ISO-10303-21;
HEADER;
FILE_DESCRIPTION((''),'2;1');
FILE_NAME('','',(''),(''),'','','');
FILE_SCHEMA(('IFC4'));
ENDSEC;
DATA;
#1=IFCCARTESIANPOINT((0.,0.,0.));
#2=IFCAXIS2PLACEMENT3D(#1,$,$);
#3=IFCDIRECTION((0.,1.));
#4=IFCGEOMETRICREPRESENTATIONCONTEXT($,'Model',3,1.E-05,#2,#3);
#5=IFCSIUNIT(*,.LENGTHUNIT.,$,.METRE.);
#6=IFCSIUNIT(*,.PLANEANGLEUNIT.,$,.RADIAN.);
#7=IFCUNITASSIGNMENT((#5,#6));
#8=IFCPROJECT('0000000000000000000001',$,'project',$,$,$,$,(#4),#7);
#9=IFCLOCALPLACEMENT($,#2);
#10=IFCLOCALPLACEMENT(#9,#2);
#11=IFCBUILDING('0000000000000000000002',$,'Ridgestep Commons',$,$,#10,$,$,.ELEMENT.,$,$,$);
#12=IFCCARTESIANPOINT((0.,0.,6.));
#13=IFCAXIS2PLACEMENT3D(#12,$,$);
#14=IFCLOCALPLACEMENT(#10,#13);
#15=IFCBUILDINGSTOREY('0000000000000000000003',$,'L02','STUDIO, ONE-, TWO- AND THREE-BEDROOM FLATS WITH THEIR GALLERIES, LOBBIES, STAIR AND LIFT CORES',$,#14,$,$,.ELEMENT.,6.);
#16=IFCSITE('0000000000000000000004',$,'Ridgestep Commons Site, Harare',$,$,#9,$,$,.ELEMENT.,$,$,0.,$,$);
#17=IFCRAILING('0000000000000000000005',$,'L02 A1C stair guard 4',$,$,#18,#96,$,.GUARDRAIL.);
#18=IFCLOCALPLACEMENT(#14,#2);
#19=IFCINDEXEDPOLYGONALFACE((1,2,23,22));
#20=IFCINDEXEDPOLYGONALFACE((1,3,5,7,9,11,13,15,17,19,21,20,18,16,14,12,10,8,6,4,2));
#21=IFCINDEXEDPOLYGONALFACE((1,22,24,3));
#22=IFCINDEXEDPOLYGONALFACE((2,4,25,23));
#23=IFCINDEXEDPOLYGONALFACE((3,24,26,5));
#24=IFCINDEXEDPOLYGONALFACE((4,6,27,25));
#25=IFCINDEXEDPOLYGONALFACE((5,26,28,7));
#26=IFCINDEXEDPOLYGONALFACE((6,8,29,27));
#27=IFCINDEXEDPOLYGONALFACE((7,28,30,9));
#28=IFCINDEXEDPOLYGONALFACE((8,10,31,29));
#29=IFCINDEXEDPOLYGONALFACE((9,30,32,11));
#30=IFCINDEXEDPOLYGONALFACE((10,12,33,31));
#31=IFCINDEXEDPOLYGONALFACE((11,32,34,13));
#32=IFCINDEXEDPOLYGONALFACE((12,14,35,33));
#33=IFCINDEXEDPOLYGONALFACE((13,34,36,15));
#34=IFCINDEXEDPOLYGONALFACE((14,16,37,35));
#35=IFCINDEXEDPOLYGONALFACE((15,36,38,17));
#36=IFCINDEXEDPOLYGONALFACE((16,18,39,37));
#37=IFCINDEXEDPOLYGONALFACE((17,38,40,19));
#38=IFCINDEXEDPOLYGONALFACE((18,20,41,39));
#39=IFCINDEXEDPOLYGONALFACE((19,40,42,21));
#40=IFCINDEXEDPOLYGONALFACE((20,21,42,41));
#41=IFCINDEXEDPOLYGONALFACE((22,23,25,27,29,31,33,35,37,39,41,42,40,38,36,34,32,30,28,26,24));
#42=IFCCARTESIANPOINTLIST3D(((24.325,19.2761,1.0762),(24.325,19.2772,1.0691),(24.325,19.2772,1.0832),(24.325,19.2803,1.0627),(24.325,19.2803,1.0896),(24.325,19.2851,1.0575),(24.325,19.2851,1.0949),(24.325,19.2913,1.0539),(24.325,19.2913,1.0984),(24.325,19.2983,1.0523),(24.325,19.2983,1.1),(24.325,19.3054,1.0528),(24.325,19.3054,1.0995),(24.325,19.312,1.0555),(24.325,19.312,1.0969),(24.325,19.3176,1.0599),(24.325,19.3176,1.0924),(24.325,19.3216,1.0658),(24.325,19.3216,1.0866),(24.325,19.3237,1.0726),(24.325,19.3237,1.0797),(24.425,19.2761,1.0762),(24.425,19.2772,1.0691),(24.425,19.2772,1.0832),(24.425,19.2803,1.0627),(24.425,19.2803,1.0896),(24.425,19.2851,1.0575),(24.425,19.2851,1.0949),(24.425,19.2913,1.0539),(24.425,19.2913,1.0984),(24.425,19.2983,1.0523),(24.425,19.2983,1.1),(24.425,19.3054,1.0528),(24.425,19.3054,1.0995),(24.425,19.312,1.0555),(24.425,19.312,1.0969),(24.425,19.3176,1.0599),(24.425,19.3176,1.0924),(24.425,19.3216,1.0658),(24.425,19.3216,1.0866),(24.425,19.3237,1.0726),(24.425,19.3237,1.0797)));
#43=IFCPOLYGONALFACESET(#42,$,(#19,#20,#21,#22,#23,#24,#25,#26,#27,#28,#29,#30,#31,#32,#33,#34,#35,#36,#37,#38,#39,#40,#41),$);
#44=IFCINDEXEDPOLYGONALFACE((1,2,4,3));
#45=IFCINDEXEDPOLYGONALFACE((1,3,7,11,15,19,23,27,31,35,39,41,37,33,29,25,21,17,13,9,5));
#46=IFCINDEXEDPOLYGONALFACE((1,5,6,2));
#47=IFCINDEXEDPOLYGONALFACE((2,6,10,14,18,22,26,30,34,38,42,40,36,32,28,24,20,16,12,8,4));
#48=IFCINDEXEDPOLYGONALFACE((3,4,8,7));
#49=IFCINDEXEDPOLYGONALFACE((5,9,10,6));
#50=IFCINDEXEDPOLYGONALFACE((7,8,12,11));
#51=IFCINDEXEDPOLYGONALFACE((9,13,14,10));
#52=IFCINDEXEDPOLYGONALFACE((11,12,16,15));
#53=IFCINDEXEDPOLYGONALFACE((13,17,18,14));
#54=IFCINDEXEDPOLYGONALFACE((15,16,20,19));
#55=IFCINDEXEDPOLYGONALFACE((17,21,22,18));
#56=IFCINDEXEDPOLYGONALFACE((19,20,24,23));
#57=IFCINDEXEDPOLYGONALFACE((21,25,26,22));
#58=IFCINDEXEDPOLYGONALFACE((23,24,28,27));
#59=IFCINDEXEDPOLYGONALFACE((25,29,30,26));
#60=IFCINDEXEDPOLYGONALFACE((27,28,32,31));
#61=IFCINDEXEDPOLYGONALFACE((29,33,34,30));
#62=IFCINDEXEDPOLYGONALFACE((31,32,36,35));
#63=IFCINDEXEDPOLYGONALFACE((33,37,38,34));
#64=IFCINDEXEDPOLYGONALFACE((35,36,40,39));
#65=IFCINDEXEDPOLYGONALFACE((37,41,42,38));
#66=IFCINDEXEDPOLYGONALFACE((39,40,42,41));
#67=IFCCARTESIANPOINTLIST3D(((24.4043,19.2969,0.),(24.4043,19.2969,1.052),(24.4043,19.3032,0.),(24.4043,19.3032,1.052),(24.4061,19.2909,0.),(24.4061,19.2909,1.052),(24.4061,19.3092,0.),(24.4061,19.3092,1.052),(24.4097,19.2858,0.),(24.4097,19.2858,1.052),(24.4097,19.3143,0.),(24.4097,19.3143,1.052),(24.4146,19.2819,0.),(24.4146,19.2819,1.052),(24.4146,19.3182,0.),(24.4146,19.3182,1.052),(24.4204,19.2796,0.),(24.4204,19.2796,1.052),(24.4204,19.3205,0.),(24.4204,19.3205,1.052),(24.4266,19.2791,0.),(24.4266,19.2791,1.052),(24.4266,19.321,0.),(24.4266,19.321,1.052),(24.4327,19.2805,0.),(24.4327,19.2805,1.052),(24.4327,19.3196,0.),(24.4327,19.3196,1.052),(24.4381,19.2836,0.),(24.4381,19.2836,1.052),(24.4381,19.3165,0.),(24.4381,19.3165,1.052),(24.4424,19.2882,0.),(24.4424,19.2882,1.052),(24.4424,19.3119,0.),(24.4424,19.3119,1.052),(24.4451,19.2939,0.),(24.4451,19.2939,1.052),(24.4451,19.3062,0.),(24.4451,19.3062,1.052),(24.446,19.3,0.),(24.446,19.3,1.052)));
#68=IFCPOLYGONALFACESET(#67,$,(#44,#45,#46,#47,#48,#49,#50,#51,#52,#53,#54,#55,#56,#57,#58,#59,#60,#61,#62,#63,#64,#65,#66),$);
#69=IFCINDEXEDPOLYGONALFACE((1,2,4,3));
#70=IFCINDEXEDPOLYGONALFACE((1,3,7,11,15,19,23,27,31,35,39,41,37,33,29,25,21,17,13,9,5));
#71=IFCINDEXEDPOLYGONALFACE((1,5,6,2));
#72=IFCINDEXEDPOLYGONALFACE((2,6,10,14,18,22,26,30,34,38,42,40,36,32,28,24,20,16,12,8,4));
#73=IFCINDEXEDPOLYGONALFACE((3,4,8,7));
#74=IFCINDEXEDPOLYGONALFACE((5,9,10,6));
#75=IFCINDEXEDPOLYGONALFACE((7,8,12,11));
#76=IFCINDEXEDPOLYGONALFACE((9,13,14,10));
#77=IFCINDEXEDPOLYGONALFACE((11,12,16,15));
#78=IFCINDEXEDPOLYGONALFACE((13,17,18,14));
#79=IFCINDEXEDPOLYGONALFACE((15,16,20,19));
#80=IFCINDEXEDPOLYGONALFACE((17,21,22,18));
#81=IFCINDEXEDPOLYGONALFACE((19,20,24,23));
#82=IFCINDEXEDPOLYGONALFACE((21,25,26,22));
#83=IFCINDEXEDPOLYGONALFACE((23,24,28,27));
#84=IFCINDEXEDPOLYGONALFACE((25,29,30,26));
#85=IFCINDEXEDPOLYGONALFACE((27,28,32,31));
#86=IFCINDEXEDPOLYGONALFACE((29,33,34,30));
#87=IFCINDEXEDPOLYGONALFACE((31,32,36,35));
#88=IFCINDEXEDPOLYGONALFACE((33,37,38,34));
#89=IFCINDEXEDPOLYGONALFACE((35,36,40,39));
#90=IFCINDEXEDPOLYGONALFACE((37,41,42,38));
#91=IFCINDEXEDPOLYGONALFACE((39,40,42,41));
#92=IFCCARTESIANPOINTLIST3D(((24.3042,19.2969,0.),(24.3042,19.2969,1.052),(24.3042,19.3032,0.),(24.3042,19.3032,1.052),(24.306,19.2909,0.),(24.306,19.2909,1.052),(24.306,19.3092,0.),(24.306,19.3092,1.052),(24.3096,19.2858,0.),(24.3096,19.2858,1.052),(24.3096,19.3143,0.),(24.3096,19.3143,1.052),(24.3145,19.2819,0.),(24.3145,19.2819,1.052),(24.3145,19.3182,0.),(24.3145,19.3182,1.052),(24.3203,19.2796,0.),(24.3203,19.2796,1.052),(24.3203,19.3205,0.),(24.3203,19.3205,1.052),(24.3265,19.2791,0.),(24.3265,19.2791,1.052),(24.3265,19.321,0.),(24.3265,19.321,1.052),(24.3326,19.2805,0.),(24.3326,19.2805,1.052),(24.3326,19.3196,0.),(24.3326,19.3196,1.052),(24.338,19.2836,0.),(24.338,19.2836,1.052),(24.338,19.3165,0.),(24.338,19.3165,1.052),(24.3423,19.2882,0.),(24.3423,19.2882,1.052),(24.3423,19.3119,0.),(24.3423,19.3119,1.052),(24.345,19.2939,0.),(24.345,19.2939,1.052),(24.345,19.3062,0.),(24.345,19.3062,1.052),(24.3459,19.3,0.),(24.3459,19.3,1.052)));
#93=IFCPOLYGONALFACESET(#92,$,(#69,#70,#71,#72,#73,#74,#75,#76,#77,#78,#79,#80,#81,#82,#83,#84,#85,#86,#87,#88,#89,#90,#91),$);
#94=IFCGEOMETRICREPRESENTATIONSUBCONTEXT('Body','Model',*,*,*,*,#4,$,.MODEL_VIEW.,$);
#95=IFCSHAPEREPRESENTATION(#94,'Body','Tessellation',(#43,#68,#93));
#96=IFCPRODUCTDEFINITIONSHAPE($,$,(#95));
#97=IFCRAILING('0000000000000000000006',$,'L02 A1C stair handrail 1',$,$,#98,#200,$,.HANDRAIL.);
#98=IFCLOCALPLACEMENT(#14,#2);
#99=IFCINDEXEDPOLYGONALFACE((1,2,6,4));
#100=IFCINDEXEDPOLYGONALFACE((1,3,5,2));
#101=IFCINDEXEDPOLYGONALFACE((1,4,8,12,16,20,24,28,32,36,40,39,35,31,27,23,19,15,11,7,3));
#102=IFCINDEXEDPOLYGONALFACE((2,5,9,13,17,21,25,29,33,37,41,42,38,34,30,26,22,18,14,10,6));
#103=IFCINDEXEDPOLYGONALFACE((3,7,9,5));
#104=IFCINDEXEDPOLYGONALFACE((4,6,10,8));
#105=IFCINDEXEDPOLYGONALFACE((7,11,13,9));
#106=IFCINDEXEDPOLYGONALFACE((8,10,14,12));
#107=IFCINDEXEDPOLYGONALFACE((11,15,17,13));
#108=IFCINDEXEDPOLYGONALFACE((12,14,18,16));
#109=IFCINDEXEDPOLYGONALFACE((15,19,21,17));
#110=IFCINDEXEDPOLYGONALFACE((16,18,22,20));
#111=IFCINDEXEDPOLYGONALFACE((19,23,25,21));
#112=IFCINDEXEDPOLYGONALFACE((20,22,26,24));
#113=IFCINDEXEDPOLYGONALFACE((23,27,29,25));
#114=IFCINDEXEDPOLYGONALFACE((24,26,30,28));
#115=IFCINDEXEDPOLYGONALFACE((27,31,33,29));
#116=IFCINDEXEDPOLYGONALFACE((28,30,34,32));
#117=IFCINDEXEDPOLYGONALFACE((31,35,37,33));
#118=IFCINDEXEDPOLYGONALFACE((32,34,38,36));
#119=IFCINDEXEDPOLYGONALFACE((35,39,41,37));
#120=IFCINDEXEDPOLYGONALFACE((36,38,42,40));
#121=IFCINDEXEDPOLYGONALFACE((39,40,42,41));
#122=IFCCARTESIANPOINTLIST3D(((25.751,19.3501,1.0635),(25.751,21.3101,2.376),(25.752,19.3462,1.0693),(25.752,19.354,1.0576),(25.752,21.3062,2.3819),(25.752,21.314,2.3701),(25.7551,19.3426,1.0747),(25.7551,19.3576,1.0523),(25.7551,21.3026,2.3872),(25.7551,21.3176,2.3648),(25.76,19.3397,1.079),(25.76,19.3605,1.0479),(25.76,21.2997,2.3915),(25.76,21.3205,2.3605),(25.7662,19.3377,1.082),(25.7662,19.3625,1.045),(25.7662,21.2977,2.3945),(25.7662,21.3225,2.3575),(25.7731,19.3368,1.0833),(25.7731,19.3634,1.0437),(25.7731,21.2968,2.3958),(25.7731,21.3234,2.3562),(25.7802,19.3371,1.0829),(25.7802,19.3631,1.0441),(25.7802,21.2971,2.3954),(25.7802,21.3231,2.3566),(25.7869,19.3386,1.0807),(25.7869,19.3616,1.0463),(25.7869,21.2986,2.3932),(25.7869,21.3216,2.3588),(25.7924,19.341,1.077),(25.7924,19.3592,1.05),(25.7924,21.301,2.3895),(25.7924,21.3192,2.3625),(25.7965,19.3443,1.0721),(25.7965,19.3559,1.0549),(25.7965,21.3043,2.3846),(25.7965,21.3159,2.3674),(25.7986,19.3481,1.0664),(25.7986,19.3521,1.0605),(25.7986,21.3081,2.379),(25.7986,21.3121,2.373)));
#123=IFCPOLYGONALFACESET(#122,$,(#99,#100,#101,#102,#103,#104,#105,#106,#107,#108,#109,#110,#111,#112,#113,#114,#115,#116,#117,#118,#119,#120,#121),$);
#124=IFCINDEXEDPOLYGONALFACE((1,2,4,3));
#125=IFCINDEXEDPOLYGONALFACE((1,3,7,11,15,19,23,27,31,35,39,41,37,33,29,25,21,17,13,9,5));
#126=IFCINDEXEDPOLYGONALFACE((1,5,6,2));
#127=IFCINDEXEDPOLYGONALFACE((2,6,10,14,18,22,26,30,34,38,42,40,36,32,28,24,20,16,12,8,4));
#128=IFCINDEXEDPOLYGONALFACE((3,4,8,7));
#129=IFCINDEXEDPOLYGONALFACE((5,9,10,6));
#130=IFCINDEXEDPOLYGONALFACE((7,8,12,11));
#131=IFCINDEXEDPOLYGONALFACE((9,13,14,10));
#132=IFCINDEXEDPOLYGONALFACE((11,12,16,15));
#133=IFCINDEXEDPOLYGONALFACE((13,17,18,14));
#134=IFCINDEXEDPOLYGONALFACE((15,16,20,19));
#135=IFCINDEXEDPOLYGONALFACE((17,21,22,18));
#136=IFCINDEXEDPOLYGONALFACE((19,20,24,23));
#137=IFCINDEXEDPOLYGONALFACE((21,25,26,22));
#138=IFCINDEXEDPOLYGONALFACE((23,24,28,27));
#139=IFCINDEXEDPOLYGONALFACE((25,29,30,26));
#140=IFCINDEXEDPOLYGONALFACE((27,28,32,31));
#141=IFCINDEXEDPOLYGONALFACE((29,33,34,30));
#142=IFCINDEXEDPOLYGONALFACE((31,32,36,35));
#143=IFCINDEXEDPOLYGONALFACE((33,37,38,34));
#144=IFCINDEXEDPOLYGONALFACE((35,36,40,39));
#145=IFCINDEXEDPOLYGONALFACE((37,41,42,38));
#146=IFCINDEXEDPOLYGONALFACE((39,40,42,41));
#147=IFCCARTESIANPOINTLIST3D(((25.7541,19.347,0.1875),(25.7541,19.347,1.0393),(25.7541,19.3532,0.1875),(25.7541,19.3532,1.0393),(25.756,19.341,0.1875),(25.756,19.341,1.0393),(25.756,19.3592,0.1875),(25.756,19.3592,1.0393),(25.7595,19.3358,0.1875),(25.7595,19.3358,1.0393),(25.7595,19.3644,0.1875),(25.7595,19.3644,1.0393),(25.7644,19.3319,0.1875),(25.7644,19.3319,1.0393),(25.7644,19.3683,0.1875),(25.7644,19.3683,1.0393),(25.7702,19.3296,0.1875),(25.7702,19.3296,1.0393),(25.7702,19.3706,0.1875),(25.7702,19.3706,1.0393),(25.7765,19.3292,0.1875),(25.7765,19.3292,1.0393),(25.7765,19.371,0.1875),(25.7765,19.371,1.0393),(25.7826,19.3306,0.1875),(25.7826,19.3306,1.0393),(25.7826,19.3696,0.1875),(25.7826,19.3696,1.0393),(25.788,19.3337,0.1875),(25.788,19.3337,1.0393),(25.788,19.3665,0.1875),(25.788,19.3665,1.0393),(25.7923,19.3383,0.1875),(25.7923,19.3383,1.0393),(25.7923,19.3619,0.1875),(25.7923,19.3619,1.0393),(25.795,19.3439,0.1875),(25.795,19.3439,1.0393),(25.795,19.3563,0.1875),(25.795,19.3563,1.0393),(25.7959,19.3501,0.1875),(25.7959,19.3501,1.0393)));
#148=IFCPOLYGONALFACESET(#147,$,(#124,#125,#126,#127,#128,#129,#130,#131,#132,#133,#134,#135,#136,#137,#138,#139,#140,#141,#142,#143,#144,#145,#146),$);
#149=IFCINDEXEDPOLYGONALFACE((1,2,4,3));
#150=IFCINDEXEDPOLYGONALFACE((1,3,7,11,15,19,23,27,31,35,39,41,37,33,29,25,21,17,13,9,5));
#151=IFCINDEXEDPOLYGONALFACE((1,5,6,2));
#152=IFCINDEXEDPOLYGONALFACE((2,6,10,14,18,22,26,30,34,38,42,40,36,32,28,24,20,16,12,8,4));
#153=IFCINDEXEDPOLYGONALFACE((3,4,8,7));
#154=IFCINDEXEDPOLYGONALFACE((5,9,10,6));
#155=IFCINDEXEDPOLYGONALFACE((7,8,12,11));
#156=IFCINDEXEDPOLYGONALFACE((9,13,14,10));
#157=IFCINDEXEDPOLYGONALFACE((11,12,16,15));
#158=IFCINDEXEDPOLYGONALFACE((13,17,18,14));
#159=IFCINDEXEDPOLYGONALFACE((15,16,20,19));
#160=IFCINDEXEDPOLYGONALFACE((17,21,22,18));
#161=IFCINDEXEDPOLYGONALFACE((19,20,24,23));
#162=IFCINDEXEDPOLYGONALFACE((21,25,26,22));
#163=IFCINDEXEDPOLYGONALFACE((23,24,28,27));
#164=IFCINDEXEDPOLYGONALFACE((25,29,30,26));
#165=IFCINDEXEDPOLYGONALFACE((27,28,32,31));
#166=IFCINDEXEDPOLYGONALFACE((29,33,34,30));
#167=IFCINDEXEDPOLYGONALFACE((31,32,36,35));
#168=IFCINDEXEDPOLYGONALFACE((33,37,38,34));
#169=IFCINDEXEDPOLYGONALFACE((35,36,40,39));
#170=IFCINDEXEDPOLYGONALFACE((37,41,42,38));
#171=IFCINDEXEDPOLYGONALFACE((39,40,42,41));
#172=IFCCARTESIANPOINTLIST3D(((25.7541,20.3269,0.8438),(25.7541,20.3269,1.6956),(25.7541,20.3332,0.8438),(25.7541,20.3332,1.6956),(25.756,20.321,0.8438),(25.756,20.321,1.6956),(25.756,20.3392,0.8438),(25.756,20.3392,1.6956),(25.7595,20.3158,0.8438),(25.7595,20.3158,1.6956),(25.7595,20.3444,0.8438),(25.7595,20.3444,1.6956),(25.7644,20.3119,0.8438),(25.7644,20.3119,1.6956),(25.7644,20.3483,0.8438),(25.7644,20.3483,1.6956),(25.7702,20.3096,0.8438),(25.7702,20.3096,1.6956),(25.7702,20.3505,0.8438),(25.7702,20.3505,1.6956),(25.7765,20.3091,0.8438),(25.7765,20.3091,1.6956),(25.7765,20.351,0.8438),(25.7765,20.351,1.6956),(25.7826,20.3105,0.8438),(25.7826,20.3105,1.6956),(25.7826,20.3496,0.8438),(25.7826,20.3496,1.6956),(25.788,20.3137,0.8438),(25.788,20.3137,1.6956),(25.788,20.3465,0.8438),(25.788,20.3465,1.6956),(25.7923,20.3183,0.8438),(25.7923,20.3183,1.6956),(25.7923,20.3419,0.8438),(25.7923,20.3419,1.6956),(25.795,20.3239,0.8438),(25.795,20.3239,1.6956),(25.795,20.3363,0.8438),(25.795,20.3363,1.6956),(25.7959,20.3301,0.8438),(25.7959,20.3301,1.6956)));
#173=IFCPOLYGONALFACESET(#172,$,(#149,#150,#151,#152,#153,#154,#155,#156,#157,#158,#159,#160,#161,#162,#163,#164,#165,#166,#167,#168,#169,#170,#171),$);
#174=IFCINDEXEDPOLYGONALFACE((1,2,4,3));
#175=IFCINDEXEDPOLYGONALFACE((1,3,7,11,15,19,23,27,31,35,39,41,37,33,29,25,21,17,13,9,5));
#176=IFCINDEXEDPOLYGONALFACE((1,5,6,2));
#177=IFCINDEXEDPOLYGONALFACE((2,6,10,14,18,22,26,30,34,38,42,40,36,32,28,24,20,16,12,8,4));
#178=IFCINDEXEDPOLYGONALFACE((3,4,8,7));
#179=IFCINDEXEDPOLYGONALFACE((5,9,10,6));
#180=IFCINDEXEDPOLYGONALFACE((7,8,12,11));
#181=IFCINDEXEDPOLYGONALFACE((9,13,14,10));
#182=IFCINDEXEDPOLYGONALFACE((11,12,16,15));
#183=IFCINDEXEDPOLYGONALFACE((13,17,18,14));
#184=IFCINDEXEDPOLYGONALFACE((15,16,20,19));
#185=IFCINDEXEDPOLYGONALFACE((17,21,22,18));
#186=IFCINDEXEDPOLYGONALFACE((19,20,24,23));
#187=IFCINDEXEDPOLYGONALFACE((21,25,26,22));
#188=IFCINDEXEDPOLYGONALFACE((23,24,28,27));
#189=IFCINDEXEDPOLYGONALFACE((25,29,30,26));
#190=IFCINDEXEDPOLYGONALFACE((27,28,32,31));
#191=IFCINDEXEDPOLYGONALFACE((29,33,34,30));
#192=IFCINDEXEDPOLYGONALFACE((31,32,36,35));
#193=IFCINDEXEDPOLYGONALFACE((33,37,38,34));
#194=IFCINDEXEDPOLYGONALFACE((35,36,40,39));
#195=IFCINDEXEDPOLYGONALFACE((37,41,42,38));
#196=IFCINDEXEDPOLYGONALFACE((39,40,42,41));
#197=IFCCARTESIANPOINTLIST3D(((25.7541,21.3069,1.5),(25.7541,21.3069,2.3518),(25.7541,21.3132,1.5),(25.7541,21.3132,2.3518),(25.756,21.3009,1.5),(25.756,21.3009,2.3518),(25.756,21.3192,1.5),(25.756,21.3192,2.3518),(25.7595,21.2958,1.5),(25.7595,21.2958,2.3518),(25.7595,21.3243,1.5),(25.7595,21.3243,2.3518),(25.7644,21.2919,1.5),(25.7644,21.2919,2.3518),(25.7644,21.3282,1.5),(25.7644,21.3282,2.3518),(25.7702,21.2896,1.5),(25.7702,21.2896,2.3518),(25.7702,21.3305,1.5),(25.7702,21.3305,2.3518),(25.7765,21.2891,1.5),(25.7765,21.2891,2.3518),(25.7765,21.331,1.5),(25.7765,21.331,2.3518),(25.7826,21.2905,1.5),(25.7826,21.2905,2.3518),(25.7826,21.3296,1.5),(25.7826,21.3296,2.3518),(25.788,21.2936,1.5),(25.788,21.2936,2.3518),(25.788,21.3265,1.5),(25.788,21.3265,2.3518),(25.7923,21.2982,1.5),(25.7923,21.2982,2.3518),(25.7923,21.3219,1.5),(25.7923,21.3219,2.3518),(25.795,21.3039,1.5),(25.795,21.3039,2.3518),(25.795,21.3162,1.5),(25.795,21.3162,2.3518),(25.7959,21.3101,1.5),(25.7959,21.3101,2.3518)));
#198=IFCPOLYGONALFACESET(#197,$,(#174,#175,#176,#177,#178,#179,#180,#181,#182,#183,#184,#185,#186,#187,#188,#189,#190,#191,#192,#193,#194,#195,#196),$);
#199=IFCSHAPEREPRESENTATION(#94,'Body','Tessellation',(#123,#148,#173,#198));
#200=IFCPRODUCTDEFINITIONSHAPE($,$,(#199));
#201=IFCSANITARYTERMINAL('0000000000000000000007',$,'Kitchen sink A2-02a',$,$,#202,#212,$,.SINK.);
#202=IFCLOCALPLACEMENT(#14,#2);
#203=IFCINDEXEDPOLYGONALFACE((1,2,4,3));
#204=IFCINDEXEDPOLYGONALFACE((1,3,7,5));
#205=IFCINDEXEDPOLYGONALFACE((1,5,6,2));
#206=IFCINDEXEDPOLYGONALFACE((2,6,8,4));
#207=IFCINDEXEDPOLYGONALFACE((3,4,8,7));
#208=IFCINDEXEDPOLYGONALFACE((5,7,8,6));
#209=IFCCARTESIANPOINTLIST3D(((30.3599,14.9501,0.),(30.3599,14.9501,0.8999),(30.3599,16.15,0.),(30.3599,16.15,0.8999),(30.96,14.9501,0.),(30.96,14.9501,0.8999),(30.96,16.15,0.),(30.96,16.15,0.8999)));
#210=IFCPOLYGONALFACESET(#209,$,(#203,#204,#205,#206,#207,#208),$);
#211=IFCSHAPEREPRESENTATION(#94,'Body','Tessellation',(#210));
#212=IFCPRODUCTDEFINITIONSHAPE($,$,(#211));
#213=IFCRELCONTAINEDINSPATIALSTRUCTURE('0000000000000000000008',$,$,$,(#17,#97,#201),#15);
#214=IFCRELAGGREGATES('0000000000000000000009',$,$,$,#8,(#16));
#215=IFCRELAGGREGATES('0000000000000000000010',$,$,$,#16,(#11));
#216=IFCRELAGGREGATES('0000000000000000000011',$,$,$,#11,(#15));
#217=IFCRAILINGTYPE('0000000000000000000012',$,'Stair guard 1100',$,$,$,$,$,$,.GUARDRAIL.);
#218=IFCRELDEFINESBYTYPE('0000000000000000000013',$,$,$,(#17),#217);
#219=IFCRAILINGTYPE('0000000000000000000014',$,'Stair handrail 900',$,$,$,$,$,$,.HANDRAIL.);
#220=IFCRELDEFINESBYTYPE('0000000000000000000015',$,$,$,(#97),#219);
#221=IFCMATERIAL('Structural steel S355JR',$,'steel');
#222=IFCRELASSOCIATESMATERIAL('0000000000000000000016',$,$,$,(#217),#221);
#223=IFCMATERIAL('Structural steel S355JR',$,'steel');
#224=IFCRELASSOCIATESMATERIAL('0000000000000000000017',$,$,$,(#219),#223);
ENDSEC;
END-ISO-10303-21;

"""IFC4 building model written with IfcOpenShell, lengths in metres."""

from ifc_helpers import new_model, si_unit, direction, frame, origin, origin_2d, place, context, subcontext, project, spatial, rectangle, circle, extrude, material, type_object, element, save


model = new_model("IFC4")

# Units and contexts
model_context = context("Model", 3, precision=1e-05, world=origin(), true_north=direction((0.0, 1.0)))
body_context = subcontext(model_context, "Body", "Model", "MODEL_VIEW")
ifc_project = project(units=[si_unit("LENGTHUNIT", "METRE"), si_unit("PLANEANGLEUNIT", "RADIAN")], contexts=[model_context])

# Site, building, storey
site_placement = place(None, origin())
site = spatial("IfcSite", under=ifc_project, at=site_placement, Name="Ridgestep Commons Site, Harare", CompositionType="ELEMENT", RefElevation=0.0)
building_placement = place(site_placement, origin())
building = spatial("IfcBuilding", under=site, at=building_placement, Name="Ridgestep Commons", CompositionType="ELEMENT")
storey_placement = place(building_placement, frame((0.0, 0.0, 6.0)))
storey = spatial("IfcBuildingStorey", under=building, at=storey_placement, Name="L02", Description="STUDIO, ONE-, TWO- AND THREE-BEDROOM FLATS WITH THEIR GALLERIES, LOBBIES, STAIR AND LIFT CORES", CompositionType="ELEMENT", Elevation=6.0)

# Railings
ifc_material_1 = material(Name="Structural steel S355JR", Category="steel")
railing_type_1 = type_object("IfcRailingType", Name="Stair guard 1100", PredefinedType="GUARDRAIL", material=ifc_material_1)
railing_1_placement = place(storey_placement, frame((24.425, 19.3, 0.0)))
element("IfcRailing", 1, at=railing_1_placement, inside=storey, type_object=railing_type_1, Name="L02 A1C stair guard 4", PredefinedType="GUARDRAIL", context=body_context, shape_type="SweptSolid", body=[
    extrude(circle(Radius=0.0239, at=origin_2d()), frame((0.0, 0.0, 1.0762), z_axis=(-1.0, 0.0, 0.0), x_axis=(0.0, -1.0, 0.0)), (0.0, 0.0, 1.0), 0.1001),
    extrude(circle(Radius=0.021, at=origin_2d()), origin(), (0.0, 0.0, 1.0), 1.052),
    extrude(circle(Radius=0.021, at=origin_2d()), frame((-0.1001, 0.0, 0.0)), (0.0, 0.0, 1.0), 1.052),
])
ifc_material_2 = material(Name="Structural steel S355JR", Category="steel")
railing_type_2 = type_object("IfcRailingType", Name="Stair handrail 900", PredefinedType="HANDRAIL", material=ifc_material_2)
railing_2_placement = place(storey_placement, frame((25.7749, 19.3501, 0.1875)))
element("IfcRailing", 2, at=railing_2_placement, inside=storey, type_object=railing_type_2, Name="L02 A1C stair handrail 1", PredefinedType="HANDRAIL", context=body_context, shape_type="SweptSolid", body=[
    extrude(circle(Radius=0.0239, at=origin_2d()), frame((0.0, 0.0, 0.876), z_axis=(0.0, 0.830902, 0.556419), x_axis=(-1.0, 0.0, 0.0)), (0.0, 0.0, 1.0), 2.3589),
    extrude(circle(Radius=0.021, at=origin_2d()), origin(), (0.0, 0.0, 1.0), 0.8518),
    extrude(circle(Radius=0.021, at=origin_2d()), frame((0.0, 0.98, 0.6562)), (0.0, 0.0, 1.0), 0.8518),
    extrude(circle(Radius=0.021, at=origin_2d()), frame((0.0, 1.96, 1.3125)), (0.0, 0.0, 1.0), 0.8518),
])

# Sanitary terminal
sanitary_terminal_placement = place(storey_placement, frame((30.6599, 15.55, 0.0), z_axis=(0.0, 0.0, 1.0), x_axis=(1.0, 0.0, 0.0)))
element("IfcSanitaryTerminal", 3, at=sanitary_terminal_placement, inside=storey, Name="Kitchen sink A2-02a", PredefinedType="SINK", context=body_context, shape_type="SweptSolid", body=[
    extrude(rectangle(XDim=0.6001, YDim=1.2, at=origin_2d()), origin(), (0.0, 0.0, 1.0), 0.8999),
])

save(model, "model.ifc")
